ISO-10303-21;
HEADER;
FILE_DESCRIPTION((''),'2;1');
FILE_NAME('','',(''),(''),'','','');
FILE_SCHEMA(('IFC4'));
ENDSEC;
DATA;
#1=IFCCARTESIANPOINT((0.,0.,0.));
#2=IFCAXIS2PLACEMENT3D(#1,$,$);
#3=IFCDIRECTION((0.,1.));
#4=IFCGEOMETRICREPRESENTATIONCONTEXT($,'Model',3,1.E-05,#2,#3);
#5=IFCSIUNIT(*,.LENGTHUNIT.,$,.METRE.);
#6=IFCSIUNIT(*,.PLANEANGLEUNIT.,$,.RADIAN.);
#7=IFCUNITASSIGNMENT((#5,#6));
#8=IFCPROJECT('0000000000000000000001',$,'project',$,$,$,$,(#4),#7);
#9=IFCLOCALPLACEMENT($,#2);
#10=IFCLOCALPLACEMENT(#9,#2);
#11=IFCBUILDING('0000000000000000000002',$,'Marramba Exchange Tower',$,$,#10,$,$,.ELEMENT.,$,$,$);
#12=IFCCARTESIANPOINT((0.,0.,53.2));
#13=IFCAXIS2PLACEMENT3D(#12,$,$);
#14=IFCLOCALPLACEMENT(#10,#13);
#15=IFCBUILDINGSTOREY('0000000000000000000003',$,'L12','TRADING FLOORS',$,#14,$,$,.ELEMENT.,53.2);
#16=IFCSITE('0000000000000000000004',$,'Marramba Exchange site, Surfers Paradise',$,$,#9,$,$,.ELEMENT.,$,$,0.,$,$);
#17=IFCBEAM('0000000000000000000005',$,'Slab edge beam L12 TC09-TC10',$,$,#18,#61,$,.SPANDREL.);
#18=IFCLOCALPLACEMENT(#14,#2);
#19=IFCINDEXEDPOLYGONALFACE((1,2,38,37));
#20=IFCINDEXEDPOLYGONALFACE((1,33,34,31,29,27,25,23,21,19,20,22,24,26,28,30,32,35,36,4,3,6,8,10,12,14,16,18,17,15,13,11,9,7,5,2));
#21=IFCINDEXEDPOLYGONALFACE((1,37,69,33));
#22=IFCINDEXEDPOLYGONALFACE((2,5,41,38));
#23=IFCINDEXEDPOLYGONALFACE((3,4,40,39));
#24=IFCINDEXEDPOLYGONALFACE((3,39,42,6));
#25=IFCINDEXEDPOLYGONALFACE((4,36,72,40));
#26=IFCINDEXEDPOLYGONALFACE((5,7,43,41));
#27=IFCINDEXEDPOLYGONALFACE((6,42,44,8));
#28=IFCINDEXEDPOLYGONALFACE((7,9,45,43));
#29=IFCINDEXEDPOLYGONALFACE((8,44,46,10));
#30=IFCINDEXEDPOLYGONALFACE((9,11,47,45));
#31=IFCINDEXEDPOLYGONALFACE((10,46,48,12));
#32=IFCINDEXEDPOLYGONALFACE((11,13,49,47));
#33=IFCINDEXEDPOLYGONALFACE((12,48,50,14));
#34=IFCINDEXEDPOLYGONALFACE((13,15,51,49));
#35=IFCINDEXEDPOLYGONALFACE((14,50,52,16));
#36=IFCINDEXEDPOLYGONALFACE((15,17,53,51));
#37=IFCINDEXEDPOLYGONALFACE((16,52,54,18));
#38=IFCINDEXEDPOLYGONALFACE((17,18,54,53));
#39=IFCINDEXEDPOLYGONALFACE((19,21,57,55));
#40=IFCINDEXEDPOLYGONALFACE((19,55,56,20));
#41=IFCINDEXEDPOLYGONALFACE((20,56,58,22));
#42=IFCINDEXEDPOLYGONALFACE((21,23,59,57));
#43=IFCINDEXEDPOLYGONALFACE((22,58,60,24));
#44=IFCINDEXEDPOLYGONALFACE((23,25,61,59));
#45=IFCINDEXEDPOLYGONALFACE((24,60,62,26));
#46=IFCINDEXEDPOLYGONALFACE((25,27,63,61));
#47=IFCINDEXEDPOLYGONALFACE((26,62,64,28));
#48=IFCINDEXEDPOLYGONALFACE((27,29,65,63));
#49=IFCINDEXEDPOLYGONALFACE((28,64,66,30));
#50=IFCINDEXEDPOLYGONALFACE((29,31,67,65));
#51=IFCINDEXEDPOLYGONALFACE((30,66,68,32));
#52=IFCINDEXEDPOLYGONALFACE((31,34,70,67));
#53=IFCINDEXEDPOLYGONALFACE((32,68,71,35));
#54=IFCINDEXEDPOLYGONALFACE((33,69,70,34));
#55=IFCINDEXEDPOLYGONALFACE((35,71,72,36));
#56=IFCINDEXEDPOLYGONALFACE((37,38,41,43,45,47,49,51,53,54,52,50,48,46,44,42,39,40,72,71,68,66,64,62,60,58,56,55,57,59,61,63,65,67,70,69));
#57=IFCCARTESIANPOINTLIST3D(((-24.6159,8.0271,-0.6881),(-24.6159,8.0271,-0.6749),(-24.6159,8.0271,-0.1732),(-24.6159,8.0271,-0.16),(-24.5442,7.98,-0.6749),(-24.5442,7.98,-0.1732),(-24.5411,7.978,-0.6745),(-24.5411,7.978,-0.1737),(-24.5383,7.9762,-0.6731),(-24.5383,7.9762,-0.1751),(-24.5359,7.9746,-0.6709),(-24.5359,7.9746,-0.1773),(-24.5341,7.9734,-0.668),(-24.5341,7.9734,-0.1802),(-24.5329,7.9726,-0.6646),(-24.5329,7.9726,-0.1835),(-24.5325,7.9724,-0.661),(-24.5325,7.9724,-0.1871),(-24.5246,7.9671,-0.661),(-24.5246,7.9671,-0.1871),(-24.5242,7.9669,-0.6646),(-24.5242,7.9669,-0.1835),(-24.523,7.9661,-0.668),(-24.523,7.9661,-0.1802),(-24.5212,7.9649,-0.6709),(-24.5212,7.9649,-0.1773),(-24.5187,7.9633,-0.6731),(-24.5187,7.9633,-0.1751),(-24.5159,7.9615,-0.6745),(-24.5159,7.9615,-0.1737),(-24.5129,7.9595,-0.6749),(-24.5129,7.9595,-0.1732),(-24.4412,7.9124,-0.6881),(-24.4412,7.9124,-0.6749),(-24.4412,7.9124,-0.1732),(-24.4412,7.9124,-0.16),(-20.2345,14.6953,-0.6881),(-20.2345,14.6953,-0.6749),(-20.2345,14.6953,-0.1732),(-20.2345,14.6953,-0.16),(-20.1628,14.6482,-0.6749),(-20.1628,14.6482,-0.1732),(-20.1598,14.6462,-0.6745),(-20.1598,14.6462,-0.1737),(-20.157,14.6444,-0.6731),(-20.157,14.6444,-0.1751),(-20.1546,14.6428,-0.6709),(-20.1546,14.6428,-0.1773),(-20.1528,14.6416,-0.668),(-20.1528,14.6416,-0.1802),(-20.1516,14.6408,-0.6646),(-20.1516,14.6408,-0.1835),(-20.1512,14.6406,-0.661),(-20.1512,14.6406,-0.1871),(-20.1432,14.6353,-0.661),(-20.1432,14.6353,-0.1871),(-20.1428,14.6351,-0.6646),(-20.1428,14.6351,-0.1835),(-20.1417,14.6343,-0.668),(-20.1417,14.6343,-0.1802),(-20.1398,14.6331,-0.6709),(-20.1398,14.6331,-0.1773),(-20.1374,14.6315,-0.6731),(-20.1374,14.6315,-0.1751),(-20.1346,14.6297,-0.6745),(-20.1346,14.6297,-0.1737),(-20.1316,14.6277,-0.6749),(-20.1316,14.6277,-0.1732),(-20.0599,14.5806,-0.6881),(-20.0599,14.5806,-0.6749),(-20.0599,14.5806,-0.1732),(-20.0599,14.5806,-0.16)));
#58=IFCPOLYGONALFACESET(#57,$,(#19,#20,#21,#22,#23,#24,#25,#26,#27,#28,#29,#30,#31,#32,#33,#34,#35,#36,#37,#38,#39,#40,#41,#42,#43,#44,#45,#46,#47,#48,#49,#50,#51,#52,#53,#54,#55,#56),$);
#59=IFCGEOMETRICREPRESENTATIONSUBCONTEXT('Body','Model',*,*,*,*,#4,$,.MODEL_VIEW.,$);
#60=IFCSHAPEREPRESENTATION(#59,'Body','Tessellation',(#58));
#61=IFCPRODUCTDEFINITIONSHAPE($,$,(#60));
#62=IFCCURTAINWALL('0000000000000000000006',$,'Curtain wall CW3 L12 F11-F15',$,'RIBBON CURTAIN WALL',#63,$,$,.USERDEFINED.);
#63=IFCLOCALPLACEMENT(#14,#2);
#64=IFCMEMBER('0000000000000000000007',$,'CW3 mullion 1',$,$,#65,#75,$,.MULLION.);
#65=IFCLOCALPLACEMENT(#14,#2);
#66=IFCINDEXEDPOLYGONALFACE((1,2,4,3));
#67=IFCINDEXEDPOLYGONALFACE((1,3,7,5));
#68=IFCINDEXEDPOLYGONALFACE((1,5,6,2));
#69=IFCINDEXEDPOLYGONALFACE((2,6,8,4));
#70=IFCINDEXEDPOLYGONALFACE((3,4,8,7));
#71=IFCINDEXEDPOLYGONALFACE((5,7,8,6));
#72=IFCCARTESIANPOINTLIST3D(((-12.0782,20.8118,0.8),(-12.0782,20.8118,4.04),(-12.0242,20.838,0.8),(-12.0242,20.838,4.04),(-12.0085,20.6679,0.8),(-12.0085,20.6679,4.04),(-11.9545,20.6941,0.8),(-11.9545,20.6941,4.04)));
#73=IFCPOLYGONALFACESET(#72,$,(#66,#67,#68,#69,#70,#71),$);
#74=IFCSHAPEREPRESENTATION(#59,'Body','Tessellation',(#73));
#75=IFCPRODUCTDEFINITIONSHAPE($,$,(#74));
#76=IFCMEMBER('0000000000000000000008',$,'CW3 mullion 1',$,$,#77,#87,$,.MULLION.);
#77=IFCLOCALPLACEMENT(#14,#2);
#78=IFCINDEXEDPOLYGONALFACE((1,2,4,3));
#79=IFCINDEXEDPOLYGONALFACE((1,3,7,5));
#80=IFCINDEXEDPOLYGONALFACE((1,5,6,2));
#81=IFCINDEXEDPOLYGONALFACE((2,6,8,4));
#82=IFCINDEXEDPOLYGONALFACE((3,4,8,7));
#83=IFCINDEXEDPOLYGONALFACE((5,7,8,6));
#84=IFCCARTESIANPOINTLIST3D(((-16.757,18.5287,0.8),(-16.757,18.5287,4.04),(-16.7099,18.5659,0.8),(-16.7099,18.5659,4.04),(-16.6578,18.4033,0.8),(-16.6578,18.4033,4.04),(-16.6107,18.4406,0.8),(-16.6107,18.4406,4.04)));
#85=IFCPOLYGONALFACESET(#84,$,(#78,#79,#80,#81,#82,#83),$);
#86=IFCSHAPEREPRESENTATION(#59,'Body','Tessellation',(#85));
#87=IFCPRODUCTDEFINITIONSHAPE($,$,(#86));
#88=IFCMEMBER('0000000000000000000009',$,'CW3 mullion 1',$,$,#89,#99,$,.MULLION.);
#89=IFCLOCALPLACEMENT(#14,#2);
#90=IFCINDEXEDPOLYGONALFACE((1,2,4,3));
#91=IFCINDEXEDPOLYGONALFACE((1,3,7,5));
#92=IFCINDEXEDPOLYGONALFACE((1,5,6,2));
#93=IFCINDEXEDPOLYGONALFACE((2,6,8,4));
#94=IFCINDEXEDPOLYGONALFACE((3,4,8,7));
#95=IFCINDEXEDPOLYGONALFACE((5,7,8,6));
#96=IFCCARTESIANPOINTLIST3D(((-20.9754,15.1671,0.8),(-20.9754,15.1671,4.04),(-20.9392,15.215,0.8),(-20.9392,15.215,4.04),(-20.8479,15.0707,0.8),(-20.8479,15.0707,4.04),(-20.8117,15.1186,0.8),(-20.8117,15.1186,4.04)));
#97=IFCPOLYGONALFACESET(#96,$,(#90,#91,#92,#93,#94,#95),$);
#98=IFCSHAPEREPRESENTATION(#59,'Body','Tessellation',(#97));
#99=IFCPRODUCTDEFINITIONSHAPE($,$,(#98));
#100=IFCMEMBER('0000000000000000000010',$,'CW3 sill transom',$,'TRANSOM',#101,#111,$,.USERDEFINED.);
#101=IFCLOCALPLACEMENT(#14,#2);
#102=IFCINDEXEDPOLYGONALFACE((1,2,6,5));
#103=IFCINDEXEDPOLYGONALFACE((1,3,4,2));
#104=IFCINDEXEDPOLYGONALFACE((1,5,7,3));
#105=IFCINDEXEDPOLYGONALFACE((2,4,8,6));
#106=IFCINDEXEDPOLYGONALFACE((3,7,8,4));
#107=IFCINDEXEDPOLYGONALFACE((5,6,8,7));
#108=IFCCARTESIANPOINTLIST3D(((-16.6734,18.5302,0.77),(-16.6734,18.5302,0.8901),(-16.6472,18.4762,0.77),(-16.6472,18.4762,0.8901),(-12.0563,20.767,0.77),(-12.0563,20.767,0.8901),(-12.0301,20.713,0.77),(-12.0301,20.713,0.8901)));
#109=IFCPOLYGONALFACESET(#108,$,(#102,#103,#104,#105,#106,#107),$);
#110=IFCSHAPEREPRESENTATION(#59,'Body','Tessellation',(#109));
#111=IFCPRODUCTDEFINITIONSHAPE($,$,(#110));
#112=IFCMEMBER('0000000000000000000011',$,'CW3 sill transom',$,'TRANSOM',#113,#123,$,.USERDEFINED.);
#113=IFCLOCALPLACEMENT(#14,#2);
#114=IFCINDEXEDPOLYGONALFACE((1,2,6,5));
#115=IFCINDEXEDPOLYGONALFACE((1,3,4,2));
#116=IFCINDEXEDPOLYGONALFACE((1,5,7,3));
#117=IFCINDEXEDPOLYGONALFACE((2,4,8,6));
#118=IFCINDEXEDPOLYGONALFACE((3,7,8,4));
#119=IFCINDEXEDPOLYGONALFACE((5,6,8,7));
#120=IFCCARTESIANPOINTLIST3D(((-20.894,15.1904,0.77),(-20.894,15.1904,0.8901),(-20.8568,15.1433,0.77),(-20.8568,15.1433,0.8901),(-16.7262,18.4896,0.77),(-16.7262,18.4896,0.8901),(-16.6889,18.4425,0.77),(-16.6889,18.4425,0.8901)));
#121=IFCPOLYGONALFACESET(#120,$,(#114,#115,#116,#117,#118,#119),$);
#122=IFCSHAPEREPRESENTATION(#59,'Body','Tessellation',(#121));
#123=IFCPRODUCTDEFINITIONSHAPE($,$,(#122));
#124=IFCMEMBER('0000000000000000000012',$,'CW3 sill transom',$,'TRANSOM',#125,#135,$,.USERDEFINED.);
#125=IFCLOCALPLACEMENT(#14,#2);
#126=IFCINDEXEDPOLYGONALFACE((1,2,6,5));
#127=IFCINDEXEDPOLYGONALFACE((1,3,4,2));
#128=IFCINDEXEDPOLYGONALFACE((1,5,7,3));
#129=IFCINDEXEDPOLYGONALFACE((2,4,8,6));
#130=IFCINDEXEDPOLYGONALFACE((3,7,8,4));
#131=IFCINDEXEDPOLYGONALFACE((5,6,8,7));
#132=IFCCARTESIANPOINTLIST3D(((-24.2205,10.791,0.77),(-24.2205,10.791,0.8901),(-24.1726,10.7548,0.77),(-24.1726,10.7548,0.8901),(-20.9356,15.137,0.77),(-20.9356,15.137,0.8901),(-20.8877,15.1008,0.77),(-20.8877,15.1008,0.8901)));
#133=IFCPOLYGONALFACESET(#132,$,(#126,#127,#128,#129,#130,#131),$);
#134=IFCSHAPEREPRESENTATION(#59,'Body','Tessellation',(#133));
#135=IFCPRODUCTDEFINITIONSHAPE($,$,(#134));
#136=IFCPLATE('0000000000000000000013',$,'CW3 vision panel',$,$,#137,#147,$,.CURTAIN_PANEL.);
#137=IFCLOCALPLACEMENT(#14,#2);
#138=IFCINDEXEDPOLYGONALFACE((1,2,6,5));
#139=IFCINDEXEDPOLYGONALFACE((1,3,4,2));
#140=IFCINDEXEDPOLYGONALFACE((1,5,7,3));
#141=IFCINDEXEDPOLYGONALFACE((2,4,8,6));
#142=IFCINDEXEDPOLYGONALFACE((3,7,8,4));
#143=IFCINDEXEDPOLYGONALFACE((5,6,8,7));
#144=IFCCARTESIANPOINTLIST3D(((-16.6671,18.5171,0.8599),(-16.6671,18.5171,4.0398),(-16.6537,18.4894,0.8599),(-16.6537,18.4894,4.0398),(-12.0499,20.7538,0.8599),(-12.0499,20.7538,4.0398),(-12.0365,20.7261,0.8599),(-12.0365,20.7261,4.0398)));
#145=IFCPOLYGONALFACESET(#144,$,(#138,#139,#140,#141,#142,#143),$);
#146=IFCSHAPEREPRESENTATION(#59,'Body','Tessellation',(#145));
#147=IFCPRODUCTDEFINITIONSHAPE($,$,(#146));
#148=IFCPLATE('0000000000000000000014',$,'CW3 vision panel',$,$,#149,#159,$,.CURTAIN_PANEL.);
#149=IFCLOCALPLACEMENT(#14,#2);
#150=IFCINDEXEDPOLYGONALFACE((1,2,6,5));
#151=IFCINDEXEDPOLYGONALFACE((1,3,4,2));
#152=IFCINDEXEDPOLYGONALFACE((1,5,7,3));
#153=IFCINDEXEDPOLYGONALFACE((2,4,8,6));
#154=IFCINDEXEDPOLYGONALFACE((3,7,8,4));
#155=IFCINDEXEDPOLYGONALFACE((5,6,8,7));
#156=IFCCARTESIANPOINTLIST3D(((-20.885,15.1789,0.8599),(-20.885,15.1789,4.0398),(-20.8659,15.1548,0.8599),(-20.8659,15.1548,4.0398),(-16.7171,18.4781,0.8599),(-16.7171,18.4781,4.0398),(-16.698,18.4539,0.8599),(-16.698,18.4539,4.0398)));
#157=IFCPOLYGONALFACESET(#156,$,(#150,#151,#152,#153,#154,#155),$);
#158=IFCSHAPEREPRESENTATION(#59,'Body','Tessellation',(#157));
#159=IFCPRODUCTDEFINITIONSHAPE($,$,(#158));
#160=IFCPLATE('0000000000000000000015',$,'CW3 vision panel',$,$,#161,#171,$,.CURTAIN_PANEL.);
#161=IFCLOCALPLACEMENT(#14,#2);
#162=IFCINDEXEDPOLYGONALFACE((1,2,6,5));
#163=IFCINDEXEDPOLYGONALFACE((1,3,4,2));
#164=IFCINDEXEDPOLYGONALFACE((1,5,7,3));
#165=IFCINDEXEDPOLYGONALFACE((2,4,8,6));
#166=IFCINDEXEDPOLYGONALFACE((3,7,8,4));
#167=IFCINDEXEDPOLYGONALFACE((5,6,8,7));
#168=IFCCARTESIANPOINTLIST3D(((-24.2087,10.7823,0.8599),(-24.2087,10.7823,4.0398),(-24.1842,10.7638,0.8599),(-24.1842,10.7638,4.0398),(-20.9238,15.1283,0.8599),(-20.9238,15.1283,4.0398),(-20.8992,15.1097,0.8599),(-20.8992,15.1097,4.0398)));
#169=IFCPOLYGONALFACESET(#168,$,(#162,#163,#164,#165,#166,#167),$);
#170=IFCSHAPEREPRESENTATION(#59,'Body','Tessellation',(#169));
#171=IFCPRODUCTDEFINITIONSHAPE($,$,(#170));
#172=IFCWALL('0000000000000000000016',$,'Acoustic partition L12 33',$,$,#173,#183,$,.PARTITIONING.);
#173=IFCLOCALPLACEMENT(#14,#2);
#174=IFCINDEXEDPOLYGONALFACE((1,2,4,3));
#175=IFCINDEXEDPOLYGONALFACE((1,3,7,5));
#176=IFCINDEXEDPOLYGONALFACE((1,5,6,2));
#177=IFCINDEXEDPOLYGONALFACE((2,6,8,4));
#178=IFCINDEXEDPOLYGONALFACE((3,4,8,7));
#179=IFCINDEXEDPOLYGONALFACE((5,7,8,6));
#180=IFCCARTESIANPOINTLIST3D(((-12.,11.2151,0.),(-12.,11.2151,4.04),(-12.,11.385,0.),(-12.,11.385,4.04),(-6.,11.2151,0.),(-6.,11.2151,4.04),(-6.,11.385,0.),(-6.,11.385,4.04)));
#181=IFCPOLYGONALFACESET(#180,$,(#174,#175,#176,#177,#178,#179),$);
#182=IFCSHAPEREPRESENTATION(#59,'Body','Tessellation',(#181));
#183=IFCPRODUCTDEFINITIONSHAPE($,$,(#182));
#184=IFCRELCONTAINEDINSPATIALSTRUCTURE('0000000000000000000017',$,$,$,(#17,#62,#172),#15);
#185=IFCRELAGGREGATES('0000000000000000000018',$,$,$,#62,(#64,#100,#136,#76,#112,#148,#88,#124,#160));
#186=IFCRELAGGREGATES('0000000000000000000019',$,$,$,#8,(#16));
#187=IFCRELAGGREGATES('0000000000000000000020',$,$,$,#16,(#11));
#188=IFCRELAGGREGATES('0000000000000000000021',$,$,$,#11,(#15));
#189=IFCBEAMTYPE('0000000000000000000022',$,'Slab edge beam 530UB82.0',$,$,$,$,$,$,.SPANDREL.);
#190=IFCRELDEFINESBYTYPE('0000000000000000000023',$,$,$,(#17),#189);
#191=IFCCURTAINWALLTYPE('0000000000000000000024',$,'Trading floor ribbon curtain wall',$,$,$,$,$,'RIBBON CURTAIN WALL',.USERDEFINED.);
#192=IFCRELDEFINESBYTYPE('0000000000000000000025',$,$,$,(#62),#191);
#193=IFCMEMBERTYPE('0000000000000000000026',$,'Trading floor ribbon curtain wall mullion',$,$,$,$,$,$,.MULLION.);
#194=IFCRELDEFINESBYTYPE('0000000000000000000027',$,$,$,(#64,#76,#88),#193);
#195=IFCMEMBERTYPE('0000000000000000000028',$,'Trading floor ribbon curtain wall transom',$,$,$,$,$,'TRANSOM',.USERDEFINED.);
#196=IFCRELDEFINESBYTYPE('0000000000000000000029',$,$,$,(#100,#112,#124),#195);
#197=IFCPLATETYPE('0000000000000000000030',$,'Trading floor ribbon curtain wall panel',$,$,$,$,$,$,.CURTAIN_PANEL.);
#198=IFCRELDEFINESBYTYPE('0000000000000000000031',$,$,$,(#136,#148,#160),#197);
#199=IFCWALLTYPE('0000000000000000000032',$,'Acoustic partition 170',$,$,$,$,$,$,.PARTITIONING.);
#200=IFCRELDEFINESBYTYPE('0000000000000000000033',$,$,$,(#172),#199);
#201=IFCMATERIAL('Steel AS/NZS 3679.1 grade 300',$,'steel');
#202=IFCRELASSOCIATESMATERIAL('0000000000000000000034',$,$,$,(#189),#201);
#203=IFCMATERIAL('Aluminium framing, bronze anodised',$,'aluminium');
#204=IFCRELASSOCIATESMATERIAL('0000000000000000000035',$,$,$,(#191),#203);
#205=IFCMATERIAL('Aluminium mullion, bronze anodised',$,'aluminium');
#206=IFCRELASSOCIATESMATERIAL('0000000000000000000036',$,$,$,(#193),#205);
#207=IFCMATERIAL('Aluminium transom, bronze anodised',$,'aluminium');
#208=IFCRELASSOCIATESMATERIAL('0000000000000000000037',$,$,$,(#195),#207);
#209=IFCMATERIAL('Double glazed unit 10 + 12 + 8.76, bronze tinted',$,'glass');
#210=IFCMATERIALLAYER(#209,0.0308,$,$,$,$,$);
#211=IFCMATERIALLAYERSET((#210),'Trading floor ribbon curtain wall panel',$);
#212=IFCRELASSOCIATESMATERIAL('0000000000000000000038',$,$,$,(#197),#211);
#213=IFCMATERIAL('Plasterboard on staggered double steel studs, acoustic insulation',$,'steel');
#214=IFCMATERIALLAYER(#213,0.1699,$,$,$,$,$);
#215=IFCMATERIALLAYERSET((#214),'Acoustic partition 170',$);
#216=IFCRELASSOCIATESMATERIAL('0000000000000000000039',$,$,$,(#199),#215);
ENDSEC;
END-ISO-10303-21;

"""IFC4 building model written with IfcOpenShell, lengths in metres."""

from ifc_helpers import new_model, si_unit, direction, frame, frame_2d, origin, origin_2d, place, context, subcontext, project, spatial, rectangle, i_section, extrude, material, layer, layer_set, material_profile, profile_set, type_object, element, aggregate, save


model = new_model("IFC4")

# Units and contexts
model_context = context("Model", 3, precision=1e-05, world=origin(), true_north=direction((0.0, 1.0)))
body_context = subcontext(model_context, "Body", "Model", "MODEL_VIEW")
ifc_project = project(units=[si_unit("LENGTHUNIT", "METRE"), si_unit("PLANEANGLEUNIT", "RADIAN")], contexts=[model_context])

# Site, building, storey
site_placement = place(None, origin())
site = spatial("IfcSite", under=ifc_project, at=site_placement, Name="Marramba Exchange site, Surfers Paradise", CompositionType="ELEMENT", RefElevation=0.0)
building_placement = place(site_placement, origin())
building = spatial("IfcBuilding", under=site, at=building_placement, Name="Marramba Exchange Tower", CompositionType="ELEMENT")
storey_placement = place(building_placement, frame((0.0, 0.0, 53.2)))
storey = spatial("IfcBuildingStorey", under=building, at=storey_placement, Name="L12", Description="TRADING FLOORS", CompositionType="ELEMENT", Elevation=53.2)

# Beam
ifc_material_1 = material(Name="Steel AS/NZS 3679.1 grade 300", Category="steel")
ifc_material_profile_1 = material_profile(ifc_material_1, i_section(OverallWidth=0.209, OverallDepth=0.5281, WebThickness=0.0095, FlangeThickness=0.0132, FilletRadius=0.0139, at=origin_2d()), Name="530UB82.0")
ifc_profile_set_1 = profile_set([ifc_material_profile_1], Name="Steel AS/NZS 3679.1 grade 300")
beam_type_1 = type_object("IfcBeamType", Name="Slab edge beam 530UB82.0", PredefinedType="SPANDREL", material=ifc_profile_set_1)
beam_1_placement = place(storey_placement, frame((-20.1472, 14.6379, -0.4241), z_axis=(-0.549124, -0.835741, 0.0), x_axis=(0.835741, -0.549124, 0.0)))
element("IfcBeam", 1, at=beam_1_placement, inside=storey, type_object=beam_type_1, Name="Slab edge beam L12 TC09-TC10", PredefinedType="SPANDREL", context=body_context, shape_type="SweptSolid", body=[
    extrude(i_section(OverallWidth=0.209, OverallDepth=0.5281, WebThickness=0.0095, FlangeThickness=0.0132, FilletRadius=0.0139, at=origin_2d()), origin(), (0.0, 0.0, 1.0), 7.9788),
])

# Curtain wall, members, plates
ifc_material_2 = material(Name="Aluminium framing, bronze anodised", Category="aluminium")
curtain_wall_type = type_object("IfcCurtainWallType", Name="Trading floor ribbon curtain wall", ElementType="RIBBON CURTAIN WALL", PredefinedType="USERDEFINED", material=ifc_material_2)
curtain_wall_placement = place(storey_placement, origin())
curtain_wall = element("IfcCurtainWall", 2, at=curtain_wall_placement, inside=storey, type_object=curtain_wall_type, Name="Curtain wall CW3 L12 F11-F15", ObjectType="RIBBON CURTAIN WALL", PredefinedType="USERDEFINED")
ifc_material_3 = material(Name="Aluminium mullion, bronze anodised", Category="aluminium")
ifc_material_profile_2 = material_profile(ifc_material_3, rectangle(XDim=0.1599, YDim=0.0601, at=origin_2d()), Name="CW3 mullion 60x160")
ifc_profile_set_2 = profile_set([ifc_material_profile_2], Name="Aluminium mullion, bronze anodised")
member_type_1 = type_object("IfcMemberType", Name="Trading floor ribbon curtain wall mullion", PredefinedType="MULLION", material=ifc_profile_set_2)
member_1_placement = place(storey_placement, frame((-12.0164, 20.7529, 0.8), z_axis=(0.0, 0.0, 1.0), x_axis=(0.435965, -0.899963, 0.0)))
member_1 = element("IfcMember", 3, at=member_1_placement, type_object=member_type_1, Name="CW3 mullion 1", PredefinedType="MULLION", context=body_context, shape_type="SweptSolid", body=[
    extrude(rectangle(XDim=0.1599, YDim=0.0601, at=origin_2d()), origin(), (0.0, 0.0, 1.0), 3.24),
])
member_2_placement = place(storey_placement, frame((-16.6838, 18.4846, 0.8), z_axis=(0.0, 0.0, 1.0), x_axis=(0.62065, -0.784088, 0.0)))
member_2 = element("IfcMember", 4, at=member_2_placement, type_object=member_type_1, Name="CW3 mullion 1", PredefinedType="MULLION", context=body_context, shape_type="SweptSolid", body=[
    extrude(rectangle(XDim=0.1599, YDim=0.0601, at=origin_2d()), origin(), (0.0, 0.0, 1.0), 3.24),
])
member_3_placement = place(storey_placement, frame((-20.8936, 15.1428, 0.8), z_axis=(0.0, 0.0, 1.0), x_axis=(0.797749, -0.60299, 0.0)))
member_3 = element("IfcMember", 5, at=member_3_placement, type_object=member_type_1, Name="CW3 mullion 1", PredefinedType="MULLION", context=body_context, shape_type="SweptSolid", body=[
    extrude(rectangle(XDim=0.1599, YDim=0.0601, at=origin_2d()), origin(), (0.0, 0.0, 1.0), 3.24),
])
ifc_material_4 = material(Name="Aluminium transom, bronze anodised", Category="aluminium")
ifc_material_profile_3 = material_profile(ifc_material_4, rectangle(XDim=0.0601, YDim=0.1201, at=origin_2d()), Name="CW3 transom 60x120")
ifc_profile_set_3 = profile_set([ifc_material_profile_3], Name="Aluminium transom, bronze anodised")
member_type_2 = type_object("IfcMemberType", Name="Trading floor ribbon curtain wall transom", ElementType="TRANSOM", PredefinedType="USERDEFINED", material=ifc_profile_set_3)
member_4_placement = place(storey_placement, frame((-12.0432, 20.74, 0.8301), z_axis=(-0.899953, -0.435986, 0.0), x_axis=(0.435986, -0.899953, 0.0)))
member_4 = element("IfcMember", 6, at=member_4_placement, type_object=member_type_2, Name="CW3 sill transom", ObjectType="TRANSOM", PredefinedType="USERDEFINED", context=body_context, shape_type="SweptSolid", body=[
    extrude(rectangle(XDim=0.0601, YDim=0.1201, at=origin_2d()), origin(), (0.0, 0.0, 1.0), 5.1304),
])
member_5_placement = place(storey_placement, frame((-16.7075, 18.4661, 0.8301), z_axis=(-0.784076, -0.620665, 0.0), x_axis=(0.620665, -0.784076, 0.0)))
member_5 = element("IfcMember", 7, at=member_5_placement, type_object=member_type_2, Name="CW3 sill transom", ObjectType="TRANSOM", PredefinedType="USERDEFINED", context=body_context, shape_type="SweptSolid", body=[
    extrude(rectangle(XDim=0.0601, YDim=0.1201, at=origin_2d()), origin(), (0.0, 0.0, 1.0), 5.3157),
])
member_6_placement = place(storey_placement, frame((-20.9116, 15.1189, 0.8301), z_axis=(-0.602986, -0.797752, 0.0), x_axis=(0.797752, -0.602986, 0.0)))
member_6 = element("IfcMember", 8, at=member_6_placement, type_object=member_type_2, Name="CW3 sill transom", ObjectType="TRANSOM", PredefinedType="USERDEFINED", context=body_context, shape_type="SweptSolid", body=[
    extrude(rectangle(XDim=0.0601, YDim=0.1201, at=origin_2d()), origin(), (0.0, 0.0, 1.0), 5.4478),
])
ifc_material_5 = material(Name="Double glazed unit 10 + 12 + 8.76, bronze tinted", Category="glass")
ifc_layer_1 = layer(ifc_material_5, 0.0308)
ifc_layer_set_1 = layer_set([ifc_layer_1], Name="Trading floor ribbon curtain wall panel")
plate_type = type_object("IfcPlateType", Name="Trading floor ribbon curtain wall panel", PredefinedType="CURTAIN_PANEL", material=ifc_layer_set_1)
plate_1_placement = place(storey_placement, frame((-14.3518, 19.6216, 0.8599), z_axis=(0.0, 0.0, 1.0), x_axis=(-0.899963, -0.435965, 0.0)))
plate_1 = element("IfcPlate", 9, at=plate_1_placement, type_object=plate_type, Name="CW3 vision panel", PredefinedType="CURTAIN_PANEL", context=body_context, shape_type="SweptSolid", body=[
    extrude(rectangle(XDim=5.1304, YDim=0.0308, at=origin_2d()), origin(), (0.0, 0.0, 1.0), 3.1799),
])
plate_2_placement = place(storey_placement, frame((-18.7915, 16.8164, 0.8599), z_axis=(0.0, 0.0, 1.0), x_axis=(-0.784088, -0.62065, 0.0)))
plate_2 = element("IfcPlate", 10, at=plate_2_placement, type_object=plate_type, Name="CW3 vision panel", PredefinedType="CURTAIN_PANEL", context=body_context, shape_type="SweptSolid", body=[
    extrude(rectangle(XDim=5.3157, YDim=0.0308, at=origin_2d()), origin(), (0.0, 0.0, 1.0), 3.1799),
])
plate_3_placement = place(storey_placement, frame((-22.554, 12.946, 0.8599), z_axis=(0.0, 0.0, 1.0), x_axis=(-0.60299, -0.797749, 0.0)))
plate_3 = element("IfcPlate", 11, at=plate_3_placement, type_object=plate_type, Name="CW3 vision panel", PredefinedType="CURTAIN_PANEL", context=body_context, shape_type="SweptSolid", body=[
    extrude(rectangle(XDim=5.4478, YDim=0.0308, at=origin_2d()), origin(), (0.0, 0.0, 1.0), 3.1799),
])
aggregate(curtain_wall, [member_1, member_4, plate_1, member_2, member_5, plate_2, member_3, member_6, plate_3])

# Wall
ifc_material_6 = material(Name="Plasterboard on staggered double steel studs, acoustic insulation", Category="steel")
ifc_layer_2 = layer(ifc_material_6, 0.1699)
ifc_layer_set_2 = layer_set([ifc_layer_2], Name="Acoustic partition 170")
wall_type_1 = type_object("IfcWallType", Name="Acoustic partition 170", PredefinedType="PARTITIONING", material=ifc_layer_set_2)
wall_1_placement = place(storey_placement, frame((-12.0, 11.3, 0.0), z_axis=(0.0, 0.0, 1.0), x_axis=(1.0, 0.0, 0.0)))
element("IfcWall", 12, at=wall_1_placement, inside=storey, type_object=wall_type_1, Name="Acoustic partition L12 33", PredefinedType="PARTITIONING", context=body_context, shape_type="SweptSolid", body=[
    extrude(rectangle(XDim=6.0, YDim=0.1699, at=frame_2d((3.0, 0.0))), origin(), (0.0, 0.0, 1.0), 4.04),
])

save(model, "model.ifc")
